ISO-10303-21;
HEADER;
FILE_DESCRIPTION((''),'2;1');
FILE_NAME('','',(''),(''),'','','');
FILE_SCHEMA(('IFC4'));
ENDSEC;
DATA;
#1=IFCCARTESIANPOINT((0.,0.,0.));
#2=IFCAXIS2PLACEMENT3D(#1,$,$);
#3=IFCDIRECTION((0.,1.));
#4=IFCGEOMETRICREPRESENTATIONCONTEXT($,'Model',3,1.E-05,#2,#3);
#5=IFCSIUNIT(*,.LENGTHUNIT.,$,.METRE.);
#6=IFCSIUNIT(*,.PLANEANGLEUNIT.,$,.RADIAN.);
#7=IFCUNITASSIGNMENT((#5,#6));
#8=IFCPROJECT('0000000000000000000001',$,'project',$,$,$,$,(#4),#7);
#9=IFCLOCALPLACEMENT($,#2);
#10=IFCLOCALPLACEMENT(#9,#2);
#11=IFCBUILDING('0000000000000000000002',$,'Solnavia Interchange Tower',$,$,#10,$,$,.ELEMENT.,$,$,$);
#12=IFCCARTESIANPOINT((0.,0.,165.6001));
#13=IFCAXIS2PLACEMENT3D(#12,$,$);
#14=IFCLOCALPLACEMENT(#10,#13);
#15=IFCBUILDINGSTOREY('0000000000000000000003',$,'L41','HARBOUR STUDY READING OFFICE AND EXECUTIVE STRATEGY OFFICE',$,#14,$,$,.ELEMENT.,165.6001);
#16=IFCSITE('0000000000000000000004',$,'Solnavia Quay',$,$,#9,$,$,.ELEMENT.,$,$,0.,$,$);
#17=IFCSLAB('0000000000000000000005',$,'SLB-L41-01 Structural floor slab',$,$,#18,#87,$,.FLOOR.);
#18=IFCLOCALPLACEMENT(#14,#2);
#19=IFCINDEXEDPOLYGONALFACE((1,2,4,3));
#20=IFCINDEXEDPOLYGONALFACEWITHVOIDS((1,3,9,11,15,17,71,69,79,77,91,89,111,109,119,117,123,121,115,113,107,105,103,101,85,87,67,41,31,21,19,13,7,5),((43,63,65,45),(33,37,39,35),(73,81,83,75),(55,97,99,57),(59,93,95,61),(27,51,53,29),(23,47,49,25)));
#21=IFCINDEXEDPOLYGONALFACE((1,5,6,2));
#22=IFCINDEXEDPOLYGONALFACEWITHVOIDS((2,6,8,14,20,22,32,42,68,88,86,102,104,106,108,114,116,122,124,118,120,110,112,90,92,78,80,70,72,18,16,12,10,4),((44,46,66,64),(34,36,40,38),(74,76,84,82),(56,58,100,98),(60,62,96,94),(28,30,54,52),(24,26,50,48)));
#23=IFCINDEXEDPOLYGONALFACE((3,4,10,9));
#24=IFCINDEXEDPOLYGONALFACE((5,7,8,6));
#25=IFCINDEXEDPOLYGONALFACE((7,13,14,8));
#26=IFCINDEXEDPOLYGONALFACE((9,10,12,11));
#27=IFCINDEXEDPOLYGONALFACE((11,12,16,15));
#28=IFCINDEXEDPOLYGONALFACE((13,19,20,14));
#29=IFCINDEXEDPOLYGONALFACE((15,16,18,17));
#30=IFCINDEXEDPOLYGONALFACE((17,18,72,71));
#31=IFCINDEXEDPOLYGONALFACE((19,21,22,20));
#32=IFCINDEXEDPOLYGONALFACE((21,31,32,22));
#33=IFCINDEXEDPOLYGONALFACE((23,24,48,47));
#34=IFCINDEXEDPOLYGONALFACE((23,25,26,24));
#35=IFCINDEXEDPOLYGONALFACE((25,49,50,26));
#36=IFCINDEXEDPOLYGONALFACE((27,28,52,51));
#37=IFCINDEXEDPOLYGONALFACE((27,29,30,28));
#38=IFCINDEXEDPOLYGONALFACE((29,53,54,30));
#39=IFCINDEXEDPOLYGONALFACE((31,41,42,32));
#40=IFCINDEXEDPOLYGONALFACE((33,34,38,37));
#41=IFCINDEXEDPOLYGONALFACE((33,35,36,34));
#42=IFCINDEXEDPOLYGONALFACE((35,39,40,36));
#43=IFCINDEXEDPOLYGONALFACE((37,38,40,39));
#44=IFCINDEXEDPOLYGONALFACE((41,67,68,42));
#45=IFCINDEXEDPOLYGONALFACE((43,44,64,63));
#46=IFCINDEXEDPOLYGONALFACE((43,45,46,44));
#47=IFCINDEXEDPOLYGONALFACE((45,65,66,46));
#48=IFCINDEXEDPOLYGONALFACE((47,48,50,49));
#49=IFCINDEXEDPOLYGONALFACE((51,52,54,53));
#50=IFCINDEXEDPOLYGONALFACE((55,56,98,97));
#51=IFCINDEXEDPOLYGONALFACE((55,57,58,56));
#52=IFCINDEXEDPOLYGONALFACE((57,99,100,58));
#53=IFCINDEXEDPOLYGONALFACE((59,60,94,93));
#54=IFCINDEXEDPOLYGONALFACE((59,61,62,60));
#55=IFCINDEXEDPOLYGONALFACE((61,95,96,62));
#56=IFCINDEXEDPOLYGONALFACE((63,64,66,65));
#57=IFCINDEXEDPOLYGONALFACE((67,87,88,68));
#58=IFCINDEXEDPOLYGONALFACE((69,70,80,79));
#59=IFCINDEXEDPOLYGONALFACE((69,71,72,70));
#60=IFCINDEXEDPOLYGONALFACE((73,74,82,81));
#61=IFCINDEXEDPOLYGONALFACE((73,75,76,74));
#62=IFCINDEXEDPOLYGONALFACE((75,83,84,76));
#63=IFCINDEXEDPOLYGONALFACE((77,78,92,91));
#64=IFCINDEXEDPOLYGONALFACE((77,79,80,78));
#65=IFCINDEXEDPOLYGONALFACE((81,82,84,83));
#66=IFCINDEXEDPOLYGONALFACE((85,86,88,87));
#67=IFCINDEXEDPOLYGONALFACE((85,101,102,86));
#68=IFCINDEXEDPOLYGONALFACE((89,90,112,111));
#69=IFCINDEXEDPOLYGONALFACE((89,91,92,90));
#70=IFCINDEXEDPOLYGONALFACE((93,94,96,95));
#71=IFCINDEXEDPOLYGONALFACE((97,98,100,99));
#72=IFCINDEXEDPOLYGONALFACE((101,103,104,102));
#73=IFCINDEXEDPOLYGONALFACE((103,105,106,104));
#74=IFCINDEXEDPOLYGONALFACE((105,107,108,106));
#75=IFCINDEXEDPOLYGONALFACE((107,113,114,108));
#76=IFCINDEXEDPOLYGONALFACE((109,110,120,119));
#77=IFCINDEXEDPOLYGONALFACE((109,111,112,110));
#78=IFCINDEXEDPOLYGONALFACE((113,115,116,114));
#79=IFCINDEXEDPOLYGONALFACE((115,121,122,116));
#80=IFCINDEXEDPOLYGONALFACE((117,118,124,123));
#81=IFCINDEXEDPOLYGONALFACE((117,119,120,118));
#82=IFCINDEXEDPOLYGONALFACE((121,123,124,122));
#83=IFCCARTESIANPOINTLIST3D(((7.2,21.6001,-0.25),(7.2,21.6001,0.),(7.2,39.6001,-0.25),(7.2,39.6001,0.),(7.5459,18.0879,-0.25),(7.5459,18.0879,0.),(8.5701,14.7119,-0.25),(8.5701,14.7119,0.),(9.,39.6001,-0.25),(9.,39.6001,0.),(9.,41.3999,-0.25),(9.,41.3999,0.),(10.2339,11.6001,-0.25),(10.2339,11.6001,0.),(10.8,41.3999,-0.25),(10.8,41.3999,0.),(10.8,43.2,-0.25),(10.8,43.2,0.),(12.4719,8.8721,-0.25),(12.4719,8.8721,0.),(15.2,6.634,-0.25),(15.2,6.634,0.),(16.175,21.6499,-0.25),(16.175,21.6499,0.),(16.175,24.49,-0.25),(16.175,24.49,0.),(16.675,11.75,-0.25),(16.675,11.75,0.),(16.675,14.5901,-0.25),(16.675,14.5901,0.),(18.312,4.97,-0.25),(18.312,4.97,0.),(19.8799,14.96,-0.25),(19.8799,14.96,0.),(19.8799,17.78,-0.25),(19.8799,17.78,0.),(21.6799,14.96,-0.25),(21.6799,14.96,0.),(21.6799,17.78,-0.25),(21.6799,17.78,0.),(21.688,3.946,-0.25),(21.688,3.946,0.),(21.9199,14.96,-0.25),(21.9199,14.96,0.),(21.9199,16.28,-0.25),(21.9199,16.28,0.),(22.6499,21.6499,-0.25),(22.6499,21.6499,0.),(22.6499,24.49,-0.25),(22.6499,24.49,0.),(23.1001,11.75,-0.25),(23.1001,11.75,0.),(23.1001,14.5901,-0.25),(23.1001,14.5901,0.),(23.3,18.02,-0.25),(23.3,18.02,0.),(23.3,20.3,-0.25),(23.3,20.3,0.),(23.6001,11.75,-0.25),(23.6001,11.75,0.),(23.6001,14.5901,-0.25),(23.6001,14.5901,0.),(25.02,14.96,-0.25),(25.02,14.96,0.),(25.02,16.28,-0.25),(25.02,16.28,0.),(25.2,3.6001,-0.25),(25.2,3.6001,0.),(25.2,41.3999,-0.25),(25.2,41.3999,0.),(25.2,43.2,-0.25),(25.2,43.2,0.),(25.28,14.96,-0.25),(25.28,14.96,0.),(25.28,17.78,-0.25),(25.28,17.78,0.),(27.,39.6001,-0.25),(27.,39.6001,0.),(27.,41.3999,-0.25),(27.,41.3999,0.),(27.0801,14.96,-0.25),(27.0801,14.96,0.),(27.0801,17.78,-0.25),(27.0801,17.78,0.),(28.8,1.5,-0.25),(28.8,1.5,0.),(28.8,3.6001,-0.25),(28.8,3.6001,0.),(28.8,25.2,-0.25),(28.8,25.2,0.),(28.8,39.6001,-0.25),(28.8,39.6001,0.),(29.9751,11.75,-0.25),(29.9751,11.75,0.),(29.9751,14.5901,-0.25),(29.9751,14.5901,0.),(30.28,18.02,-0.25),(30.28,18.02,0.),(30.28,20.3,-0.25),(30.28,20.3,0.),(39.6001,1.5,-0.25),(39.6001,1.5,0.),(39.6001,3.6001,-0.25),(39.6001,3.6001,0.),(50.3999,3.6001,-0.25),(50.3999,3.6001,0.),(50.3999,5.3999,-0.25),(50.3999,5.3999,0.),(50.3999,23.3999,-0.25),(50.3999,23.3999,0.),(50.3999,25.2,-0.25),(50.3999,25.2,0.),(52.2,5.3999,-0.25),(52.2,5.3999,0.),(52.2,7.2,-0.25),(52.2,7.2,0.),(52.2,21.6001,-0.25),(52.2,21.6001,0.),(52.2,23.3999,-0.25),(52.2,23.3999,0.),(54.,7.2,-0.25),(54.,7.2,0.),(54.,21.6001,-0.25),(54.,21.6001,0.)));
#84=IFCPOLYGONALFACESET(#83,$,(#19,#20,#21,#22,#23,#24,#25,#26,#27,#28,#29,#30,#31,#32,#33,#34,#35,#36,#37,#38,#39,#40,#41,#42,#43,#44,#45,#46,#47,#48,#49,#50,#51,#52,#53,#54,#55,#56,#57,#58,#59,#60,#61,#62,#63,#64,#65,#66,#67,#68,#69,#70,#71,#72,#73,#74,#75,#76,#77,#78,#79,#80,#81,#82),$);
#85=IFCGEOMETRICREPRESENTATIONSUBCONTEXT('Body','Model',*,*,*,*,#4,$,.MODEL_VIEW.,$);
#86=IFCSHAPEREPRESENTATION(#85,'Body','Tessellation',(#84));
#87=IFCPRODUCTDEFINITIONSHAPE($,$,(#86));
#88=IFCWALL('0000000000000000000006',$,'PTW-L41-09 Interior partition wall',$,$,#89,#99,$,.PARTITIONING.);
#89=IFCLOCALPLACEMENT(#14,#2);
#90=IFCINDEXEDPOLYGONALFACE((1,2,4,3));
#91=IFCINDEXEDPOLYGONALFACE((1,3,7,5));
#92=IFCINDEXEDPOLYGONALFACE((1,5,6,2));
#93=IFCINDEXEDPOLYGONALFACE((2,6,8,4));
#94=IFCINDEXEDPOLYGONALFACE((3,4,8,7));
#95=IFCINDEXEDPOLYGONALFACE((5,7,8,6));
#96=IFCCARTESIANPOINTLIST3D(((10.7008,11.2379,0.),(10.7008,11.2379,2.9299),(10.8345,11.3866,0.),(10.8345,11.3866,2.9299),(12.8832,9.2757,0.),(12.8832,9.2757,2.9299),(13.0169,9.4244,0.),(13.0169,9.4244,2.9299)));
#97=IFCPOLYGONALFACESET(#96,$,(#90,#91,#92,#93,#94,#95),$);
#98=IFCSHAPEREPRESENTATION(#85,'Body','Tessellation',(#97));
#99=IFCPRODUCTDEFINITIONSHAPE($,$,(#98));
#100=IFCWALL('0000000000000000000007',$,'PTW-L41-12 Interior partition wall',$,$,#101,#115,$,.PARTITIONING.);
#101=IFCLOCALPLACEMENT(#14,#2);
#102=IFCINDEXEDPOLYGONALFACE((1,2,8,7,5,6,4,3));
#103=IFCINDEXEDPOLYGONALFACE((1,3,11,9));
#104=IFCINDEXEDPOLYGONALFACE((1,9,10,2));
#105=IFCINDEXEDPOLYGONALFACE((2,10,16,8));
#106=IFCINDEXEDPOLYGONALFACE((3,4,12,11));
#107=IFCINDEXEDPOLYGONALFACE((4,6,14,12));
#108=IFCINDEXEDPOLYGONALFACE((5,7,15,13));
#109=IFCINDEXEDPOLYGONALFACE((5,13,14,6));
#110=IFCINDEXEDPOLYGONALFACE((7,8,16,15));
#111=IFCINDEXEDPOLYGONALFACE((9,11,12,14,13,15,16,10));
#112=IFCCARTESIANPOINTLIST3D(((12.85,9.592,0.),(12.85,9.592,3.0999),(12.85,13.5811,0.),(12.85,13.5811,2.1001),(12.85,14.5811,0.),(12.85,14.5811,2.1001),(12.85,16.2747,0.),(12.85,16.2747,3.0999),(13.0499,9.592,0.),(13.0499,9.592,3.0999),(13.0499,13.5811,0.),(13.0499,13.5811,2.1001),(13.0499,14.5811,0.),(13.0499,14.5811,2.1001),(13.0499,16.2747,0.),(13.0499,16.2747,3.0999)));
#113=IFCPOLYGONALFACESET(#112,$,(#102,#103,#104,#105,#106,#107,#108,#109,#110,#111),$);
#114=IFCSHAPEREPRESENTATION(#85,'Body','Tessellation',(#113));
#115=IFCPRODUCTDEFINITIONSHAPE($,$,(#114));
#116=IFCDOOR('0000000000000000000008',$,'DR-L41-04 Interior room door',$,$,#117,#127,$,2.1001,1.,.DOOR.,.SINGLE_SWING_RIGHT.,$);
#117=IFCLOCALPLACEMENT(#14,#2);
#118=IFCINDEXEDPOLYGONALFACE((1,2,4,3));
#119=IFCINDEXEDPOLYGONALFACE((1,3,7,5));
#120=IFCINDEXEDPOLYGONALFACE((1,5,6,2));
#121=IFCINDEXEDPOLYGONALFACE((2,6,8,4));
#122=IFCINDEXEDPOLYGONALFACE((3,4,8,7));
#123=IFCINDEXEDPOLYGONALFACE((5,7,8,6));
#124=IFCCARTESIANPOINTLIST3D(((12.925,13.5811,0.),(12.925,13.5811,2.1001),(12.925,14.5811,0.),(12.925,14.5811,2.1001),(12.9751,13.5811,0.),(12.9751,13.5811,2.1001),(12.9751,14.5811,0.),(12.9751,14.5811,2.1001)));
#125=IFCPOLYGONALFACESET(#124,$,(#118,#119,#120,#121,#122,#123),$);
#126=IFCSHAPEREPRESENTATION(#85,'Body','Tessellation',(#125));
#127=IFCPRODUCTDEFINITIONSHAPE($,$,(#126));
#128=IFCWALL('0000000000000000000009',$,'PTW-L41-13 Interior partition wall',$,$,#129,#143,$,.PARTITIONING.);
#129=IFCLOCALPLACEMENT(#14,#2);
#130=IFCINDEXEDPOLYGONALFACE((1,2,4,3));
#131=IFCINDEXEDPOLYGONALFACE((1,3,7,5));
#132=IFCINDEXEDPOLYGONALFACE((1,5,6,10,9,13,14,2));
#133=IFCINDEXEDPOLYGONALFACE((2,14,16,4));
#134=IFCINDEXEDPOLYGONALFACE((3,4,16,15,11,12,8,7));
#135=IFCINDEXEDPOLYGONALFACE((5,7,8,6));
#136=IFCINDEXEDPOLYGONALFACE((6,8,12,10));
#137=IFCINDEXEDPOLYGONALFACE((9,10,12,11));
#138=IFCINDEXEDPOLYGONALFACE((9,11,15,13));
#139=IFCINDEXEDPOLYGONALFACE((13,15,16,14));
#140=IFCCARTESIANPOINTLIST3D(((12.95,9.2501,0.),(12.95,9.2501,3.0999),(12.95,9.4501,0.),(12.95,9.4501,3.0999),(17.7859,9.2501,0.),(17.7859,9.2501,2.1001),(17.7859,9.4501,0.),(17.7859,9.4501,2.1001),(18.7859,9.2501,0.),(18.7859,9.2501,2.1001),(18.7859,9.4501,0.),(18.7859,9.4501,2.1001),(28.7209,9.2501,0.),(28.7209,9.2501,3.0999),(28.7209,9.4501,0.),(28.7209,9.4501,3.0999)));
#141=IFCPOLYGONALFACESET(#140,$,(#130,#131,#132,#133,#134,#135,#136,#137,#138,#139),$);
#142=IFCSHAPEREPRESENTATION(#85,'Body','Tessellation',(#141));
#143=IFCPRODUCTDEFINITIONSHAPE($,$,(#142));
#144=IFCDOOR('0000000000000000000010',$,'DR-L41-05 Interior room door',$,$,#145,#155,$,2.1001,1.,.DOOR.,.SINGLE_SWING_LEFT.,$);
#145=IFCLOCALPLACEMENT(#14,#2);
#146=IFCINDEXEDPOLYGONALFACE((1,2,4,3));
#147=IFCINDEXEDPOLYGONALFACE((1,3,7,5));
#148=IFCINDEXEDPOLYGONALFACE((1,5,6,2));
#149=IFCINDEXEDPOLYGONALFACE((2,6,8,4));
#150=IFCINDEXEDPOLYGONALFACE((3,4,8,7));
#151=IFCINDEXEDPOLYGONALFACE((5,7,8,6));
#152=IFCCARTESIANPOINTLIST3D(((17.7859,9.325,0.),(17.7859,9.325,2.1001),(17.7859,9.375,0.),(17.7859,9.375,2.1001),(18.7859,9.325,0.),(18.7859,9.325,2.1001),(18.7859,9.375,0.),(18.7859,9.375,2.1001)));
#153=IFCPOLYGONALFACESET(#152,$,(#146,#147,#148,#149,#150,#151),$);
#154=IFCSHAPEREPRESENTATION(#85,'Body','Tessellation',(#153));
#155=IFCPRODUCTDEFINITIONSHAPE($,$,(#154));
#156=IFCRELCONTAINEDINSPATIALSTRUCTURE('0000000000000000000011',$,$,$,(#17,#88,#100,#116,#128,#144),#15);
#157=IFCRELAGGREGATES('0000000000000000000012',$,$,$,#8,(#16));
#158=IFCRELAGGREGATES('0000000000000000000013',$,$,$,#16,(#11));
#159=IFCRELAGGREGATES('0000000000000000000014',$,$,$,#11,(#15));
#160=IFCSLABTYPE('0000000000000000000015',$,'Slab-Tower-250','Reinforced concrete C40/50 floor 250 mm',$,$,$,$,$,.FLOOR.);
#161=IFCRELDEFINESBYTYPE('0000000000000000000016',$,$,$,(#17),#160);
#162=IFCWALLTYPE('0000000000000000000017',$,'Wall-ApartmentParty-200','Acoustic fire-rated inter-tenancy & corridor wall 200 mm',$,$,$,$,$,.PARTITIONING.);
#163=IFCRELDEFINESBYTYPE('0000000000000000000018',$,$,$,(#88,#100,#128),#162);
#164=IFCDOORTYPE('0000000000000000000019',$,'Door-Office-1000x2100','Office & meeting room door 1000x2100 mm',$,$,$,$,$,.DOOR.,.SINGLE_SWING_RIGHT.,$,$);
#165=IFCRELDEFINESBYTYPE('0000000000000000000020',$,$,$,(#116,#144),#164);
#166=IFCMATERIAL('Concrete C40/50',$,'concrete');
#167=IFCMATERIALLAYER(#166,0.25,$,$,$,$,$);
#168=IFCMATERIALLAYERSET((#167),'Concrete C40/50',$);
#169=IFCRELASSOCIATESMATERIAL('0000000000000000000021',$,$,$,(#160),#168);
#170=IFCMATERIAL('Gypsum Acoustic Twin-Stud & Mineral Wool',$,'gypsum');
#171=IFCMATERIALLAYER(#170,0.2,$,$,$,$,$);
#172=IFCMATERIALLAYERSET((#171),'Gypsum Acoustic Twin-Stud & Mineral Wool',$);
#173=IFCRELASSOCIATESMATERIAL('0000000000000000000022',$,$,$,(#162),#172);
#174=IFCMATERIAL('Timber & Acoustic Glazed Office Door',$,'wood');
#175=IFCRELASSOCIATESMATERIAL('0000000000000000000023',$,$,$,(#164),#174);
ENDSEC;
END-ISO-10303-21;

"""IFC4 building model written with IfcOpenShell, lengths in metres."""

from ifc_helpers import new_model, si_unit, direction, frame, frame_2d, origin, place, context, subcontext, project, spatial, polyline, rectangle, outline, extrude, material, layer, layer_set, type_object, element, fill, save


model = new_model("IFC4")

# Units and contexts
model_context = context("Model", 3, precision=1e-05, world=origin(), true_north=direction((0.0, 1.0)))
body_context = subcontext(model_context, "Body", "Model", "MODEL_VIEW")
ifc_project = project(units=[si_unit("LENGTHUNIT", "METRE"), si_unit("PLANEANGLEUNIT", "RADIAN")], contexts=[model_context])

# Site, building, storey
site_placement = place(None, origin())
site = spatial("IfcSite", under=ifc_project, at=site_placement, Name="Solnavia Quay", CompositionType="ELEMENT", RefElevation=0.0)
building_placement = place(site_placement, origin())
building = spatial("IfcBuilding", under=site, at=building_placement, Name="Solnavia Interchange Tower", CompositionType="ELEMENT")
storey_placement = place(building_placement, frame((0.0, 0.0, 165.6001)))
storey = spatial("IfcBuildingStorey", under=building, at=storey_placement, Name="L41", Description="HARBOUR STUDY READING OFFICE AND EXECUTIVE STRATEGY OFFICE", CompositionType="ELEMENT", Elevation=165.6001)

# Shared definitions
ifc_material_1 = material(Name="Concrete C40/50", Category="concrete")

# Slab
ifc_layer_1 = layer(ifc_material_1, 0.25)
ifc_layer_set_1 = layer_set([ifc_layer_1], Name="Concrete C40/50")
slab_type_1 = type_object("IfcSlabType", Name="Slab-Tower-250", Description="Reinforced concrete C40/50 floor 250 mm", PredefinedType="FLOOR", material=ifc_layer_set_1)
slab_1_placement = place(storey_placement, frame((0.0, 0.0, -0.25)))
element("IfcSlab", 1, at=slab_1_placement, inside=storey, type_object=slab_type_1, Name="SLB-L41-01 Structural floor slab", PredefinedType="FLOOR", context=body_context, shape_type="SweptSolid", body=[
    extrude(outline(polyline([(25.2, 3.6001), (28.8, 3.6001), (28.8, 1.5), (39.6001, 1.5), (39.6001, 3.6001), (50.3999, 3.6001), (50.3999, 5.3999), (52.2, 5.3999), (52.2, 7.2), (54.0, 7.2), (54.0, 21.6001), (52.2, 21.6001), (52.2, 23.3999), (50.3999, 23.3999), (50.3999, 25.2), (28.8, 25.2), (28.8, 39.6001), (27.0, 39.6001), (27.0, 41.3999), (25.2, 41.3999), (25.2, 43.2), (10.8, 43.2), (10.8, 41.3999), (9.0, 41.3999), (9.0, 39.6001), (7.2, 39.6001), (7.2, 21.6001), (7.5459, 18.0879), (8.5701, 14.7119), (10.2339, 11.6001), (12.4719, 8.8721), (15.2, 6.634), (18.312, 4.97), (21.688, 3.946), (25.2, 3.6001)]), holes=[polyline([(16.675, 11.75), (23.1001, 11.75), (23.1001, 14.5901), (16.675, 14.5901), (16.675, 11.75)]), polyline([(23.6001, 11.75), (29.9751, 11.75), (29.9751, 14.5901), (23.6001, 14.5901), (23.6001, 11.75)]), polyline([(16.175, 21.6499), (22.6499, 21.6499), (22.6499, 24.49), (16.175, 24.49), (16.175, 21.6499)]), polyline([(19.8799, 14.96), (21.6799, 14.96), (21.6799, 17.78), (19.8799, 17.78), (19.8799, 14.96)]), polyline([(25.28, 14.96), (27.0801, 14.96), (27.0801, 17.78), (25.28, 17.78), (25.28, 14.96)]), polyline([(21.9199, 14.96), (25.02, 14.96), (25.02, 16.28), (21.9199, 16.28), (21.9199, 14.96)]), polyline([(23.3, 18.02), (30.28, 18.02), (30.28, 20.3), (23.3, 20.3), (23.3, 18.02)])]), origin(), (0.0, 0.0, 1.0), 0.25),
])

# Wall
ifc_material_2 = material(Name="Gypsum Acoustic Twin-Stud & Mineral Wool", Category="gypsum")
ifc_layer_2 = layer(ifc_material_2, 0.2)
ifc_layer_set_2 = layer_set([ifc_layer_2], Name="Gypsum Acoustic Twin-Stud & Mineral Wool")
wall_type_1 = type_object("IfcWallType", Name="Wall-ApartmentParty-200", Description="Acoustic fire-rated inter-tenancy & corridor wall 200 mm", PredefinedType="PARTITIONING", material=ifc_layer_set_2)
wall_1_placement = place(storey_placement, frame((12.95, 9.3501, 0.0), z_axis=(0.0, 0.0, 1.0), x_axis=(-0.743629, 0.668592, 0.0)))
element("IfcWall", 2, at=wall_1_placement, inside=storey, type_object=wall_type_1, Name="PTW-L41-09 Interior partition wall", PredefinedType="PARTITIONING", context=body_context, shape_type="SweptSolid", body=[
    extrude(rectangle(XDim=2.9348, YDim=0.2, at=frame_2d((1.4673, 0.0))), origin(), (0.0, 0.0, 1.0), 2.9299),
])

# Walls, openings, doors
wall_2_placement = place(storey_placement, frame((12.95, 9.592, 0.0), z_axis=(0.0, 0.0, 1.0), x_axis=(0.0, 1.0, 0.0)))
wall_2 = element("IfcWall", 3, at=wall_2_placement, inside=storey, type_object=wall_type_1, Name="PTW-L41-12 Interior partition wall", PredefinedType="PARTITIONING", context=body_context, shape_type="SweptSolid", body=[
    extrude(rectangle(XDim=6.6826, YDim=0.2, at=frame_2d((3.3413, 0.0))), origin(), (0.0, 0.0, 1.0), 3.0999),
])
opening_1_placement = place(wall_2_placement, frame((3.989, 0.0, 0.0)))
opening_1 = element("IfcOpeningElement", 4, at=opening_1_placement, cuts=wall_2, PredefinedType="OPENING", context=body_context, shape_type="SweptSolid", body=[
    extrude(rectangle(XDim=1.0, YDim=2.1001, at=frame_2d((0.5, 1.05))), frame((0.0, 0.1099, 0.0), z_axis=(0.0, -1.0, 0.0), x_axis=(1.0, 0.0, 0.0)), (0.0, 0.0, 1.0), 0.22),
])
ifc_material_3 = material(Name="Timber & Acoustic Glazed Office Door", Category="wood")
door_type_1 = type_object("IfcDoorType", Name="Door-Office-1000x2100", Description="Office & meeting room door 1000x2100 mm", OperationType="SINGLE_SWING_RIGHT", PredefinedType="DOOR", material=ifc_material_3)
door_1_placement = place(opening_1_placement, origin())
door_1 = element("IfcDoor", 5, at=door_1_placement, inside=storey, type_object=door_type_1, Name="DR-L41-04 Interior room door", OperationType="SINGLE_SWING_RIGHT", OverallHeight=2.1001, OverallWidth=1.0, PredefinedType="DOOR", context=body_context, shape_type="SweptSolid", body=[
    extrude(rectangle(XDim=1.0, YDim=2.1001, at=frame_2d((0.5, 1.05))), frame((0.0, 0.0249, 0.0), z_axis=(0.0, -1.0, 0.0), x_axis=(1.0, 0.0, 0.0)), (0.0, 0.0, 1.0), 0.05),
])
fill(opening_1, door_1)
wall_3_placement = place(storey_placement, frame((12.95, 9.3501, 0.0), z_axis=(0.0, 0.0, 1.0), x_axis=(1.0, 0.0, 0.0)))
wall_3 = element("IfcWall", 6, at=wall_3_placement, inside=storey, type_object=wall_type_1, Name="PTW-L41-13 Interior partition wall", PredefinedType="PARTITIONING", context=body_context, shape_type="SweptSolid", body=[
    extrude(rectangle(XDim=15.771, YDim=0.2, at=frame_2d((7.8855, 0.0))), origin(), (0.0, 0.0, 1.0), 3.0999),
])
opening_2_placement = place(wall_3_placement, frame((4.8359, 0.0, 0.0)))
opening_2 = element("IfcOpeningElement", 7, at=opening_2_placement, cuts=wall_3, PredefinedType="OPENING", context=body_context, shape_type="SweptSolid", body=[
    extrude(rectangle(XDim=1.0, YDim=2.1001, at=frame_2d((0.5, 1.05))), frame((0.0, 0.1099, 0.0), z_axis=(0.0, -1.0, 0.0), x_axis=(1.0, 0.0, 0.0)), (0.0, 0.0, 1.0), 0.22),
])
door_2_placement = place(opening_2_placement, origin())
door_2 = element("IfcDoor", 8, at=door_2_placement, inside=storey, type_object=door_type_1, Name="DR-L41-05 Interior room door", OperationType="SINGLE_SWING_LEFT", OverallHeight=2.1001, OverallWidth=1.0, PredefinedType="DOOR", context=body_context, shape_type="SweptSolid", body=[
    extrude(rectangle(XDim=1.0, YDim=2.1001, at=frame_2d((0.5, 1.05))), frame((0.0, 0.0249, 0.0), z_axis=(0.0, -1.0, 0.0), x_axis=(1.0, 0.0, 0.0)), (0.0, 0.0, 1.0), 0.05),
])
fill(opening_2, door_2)

save(model, "model.ifc")
